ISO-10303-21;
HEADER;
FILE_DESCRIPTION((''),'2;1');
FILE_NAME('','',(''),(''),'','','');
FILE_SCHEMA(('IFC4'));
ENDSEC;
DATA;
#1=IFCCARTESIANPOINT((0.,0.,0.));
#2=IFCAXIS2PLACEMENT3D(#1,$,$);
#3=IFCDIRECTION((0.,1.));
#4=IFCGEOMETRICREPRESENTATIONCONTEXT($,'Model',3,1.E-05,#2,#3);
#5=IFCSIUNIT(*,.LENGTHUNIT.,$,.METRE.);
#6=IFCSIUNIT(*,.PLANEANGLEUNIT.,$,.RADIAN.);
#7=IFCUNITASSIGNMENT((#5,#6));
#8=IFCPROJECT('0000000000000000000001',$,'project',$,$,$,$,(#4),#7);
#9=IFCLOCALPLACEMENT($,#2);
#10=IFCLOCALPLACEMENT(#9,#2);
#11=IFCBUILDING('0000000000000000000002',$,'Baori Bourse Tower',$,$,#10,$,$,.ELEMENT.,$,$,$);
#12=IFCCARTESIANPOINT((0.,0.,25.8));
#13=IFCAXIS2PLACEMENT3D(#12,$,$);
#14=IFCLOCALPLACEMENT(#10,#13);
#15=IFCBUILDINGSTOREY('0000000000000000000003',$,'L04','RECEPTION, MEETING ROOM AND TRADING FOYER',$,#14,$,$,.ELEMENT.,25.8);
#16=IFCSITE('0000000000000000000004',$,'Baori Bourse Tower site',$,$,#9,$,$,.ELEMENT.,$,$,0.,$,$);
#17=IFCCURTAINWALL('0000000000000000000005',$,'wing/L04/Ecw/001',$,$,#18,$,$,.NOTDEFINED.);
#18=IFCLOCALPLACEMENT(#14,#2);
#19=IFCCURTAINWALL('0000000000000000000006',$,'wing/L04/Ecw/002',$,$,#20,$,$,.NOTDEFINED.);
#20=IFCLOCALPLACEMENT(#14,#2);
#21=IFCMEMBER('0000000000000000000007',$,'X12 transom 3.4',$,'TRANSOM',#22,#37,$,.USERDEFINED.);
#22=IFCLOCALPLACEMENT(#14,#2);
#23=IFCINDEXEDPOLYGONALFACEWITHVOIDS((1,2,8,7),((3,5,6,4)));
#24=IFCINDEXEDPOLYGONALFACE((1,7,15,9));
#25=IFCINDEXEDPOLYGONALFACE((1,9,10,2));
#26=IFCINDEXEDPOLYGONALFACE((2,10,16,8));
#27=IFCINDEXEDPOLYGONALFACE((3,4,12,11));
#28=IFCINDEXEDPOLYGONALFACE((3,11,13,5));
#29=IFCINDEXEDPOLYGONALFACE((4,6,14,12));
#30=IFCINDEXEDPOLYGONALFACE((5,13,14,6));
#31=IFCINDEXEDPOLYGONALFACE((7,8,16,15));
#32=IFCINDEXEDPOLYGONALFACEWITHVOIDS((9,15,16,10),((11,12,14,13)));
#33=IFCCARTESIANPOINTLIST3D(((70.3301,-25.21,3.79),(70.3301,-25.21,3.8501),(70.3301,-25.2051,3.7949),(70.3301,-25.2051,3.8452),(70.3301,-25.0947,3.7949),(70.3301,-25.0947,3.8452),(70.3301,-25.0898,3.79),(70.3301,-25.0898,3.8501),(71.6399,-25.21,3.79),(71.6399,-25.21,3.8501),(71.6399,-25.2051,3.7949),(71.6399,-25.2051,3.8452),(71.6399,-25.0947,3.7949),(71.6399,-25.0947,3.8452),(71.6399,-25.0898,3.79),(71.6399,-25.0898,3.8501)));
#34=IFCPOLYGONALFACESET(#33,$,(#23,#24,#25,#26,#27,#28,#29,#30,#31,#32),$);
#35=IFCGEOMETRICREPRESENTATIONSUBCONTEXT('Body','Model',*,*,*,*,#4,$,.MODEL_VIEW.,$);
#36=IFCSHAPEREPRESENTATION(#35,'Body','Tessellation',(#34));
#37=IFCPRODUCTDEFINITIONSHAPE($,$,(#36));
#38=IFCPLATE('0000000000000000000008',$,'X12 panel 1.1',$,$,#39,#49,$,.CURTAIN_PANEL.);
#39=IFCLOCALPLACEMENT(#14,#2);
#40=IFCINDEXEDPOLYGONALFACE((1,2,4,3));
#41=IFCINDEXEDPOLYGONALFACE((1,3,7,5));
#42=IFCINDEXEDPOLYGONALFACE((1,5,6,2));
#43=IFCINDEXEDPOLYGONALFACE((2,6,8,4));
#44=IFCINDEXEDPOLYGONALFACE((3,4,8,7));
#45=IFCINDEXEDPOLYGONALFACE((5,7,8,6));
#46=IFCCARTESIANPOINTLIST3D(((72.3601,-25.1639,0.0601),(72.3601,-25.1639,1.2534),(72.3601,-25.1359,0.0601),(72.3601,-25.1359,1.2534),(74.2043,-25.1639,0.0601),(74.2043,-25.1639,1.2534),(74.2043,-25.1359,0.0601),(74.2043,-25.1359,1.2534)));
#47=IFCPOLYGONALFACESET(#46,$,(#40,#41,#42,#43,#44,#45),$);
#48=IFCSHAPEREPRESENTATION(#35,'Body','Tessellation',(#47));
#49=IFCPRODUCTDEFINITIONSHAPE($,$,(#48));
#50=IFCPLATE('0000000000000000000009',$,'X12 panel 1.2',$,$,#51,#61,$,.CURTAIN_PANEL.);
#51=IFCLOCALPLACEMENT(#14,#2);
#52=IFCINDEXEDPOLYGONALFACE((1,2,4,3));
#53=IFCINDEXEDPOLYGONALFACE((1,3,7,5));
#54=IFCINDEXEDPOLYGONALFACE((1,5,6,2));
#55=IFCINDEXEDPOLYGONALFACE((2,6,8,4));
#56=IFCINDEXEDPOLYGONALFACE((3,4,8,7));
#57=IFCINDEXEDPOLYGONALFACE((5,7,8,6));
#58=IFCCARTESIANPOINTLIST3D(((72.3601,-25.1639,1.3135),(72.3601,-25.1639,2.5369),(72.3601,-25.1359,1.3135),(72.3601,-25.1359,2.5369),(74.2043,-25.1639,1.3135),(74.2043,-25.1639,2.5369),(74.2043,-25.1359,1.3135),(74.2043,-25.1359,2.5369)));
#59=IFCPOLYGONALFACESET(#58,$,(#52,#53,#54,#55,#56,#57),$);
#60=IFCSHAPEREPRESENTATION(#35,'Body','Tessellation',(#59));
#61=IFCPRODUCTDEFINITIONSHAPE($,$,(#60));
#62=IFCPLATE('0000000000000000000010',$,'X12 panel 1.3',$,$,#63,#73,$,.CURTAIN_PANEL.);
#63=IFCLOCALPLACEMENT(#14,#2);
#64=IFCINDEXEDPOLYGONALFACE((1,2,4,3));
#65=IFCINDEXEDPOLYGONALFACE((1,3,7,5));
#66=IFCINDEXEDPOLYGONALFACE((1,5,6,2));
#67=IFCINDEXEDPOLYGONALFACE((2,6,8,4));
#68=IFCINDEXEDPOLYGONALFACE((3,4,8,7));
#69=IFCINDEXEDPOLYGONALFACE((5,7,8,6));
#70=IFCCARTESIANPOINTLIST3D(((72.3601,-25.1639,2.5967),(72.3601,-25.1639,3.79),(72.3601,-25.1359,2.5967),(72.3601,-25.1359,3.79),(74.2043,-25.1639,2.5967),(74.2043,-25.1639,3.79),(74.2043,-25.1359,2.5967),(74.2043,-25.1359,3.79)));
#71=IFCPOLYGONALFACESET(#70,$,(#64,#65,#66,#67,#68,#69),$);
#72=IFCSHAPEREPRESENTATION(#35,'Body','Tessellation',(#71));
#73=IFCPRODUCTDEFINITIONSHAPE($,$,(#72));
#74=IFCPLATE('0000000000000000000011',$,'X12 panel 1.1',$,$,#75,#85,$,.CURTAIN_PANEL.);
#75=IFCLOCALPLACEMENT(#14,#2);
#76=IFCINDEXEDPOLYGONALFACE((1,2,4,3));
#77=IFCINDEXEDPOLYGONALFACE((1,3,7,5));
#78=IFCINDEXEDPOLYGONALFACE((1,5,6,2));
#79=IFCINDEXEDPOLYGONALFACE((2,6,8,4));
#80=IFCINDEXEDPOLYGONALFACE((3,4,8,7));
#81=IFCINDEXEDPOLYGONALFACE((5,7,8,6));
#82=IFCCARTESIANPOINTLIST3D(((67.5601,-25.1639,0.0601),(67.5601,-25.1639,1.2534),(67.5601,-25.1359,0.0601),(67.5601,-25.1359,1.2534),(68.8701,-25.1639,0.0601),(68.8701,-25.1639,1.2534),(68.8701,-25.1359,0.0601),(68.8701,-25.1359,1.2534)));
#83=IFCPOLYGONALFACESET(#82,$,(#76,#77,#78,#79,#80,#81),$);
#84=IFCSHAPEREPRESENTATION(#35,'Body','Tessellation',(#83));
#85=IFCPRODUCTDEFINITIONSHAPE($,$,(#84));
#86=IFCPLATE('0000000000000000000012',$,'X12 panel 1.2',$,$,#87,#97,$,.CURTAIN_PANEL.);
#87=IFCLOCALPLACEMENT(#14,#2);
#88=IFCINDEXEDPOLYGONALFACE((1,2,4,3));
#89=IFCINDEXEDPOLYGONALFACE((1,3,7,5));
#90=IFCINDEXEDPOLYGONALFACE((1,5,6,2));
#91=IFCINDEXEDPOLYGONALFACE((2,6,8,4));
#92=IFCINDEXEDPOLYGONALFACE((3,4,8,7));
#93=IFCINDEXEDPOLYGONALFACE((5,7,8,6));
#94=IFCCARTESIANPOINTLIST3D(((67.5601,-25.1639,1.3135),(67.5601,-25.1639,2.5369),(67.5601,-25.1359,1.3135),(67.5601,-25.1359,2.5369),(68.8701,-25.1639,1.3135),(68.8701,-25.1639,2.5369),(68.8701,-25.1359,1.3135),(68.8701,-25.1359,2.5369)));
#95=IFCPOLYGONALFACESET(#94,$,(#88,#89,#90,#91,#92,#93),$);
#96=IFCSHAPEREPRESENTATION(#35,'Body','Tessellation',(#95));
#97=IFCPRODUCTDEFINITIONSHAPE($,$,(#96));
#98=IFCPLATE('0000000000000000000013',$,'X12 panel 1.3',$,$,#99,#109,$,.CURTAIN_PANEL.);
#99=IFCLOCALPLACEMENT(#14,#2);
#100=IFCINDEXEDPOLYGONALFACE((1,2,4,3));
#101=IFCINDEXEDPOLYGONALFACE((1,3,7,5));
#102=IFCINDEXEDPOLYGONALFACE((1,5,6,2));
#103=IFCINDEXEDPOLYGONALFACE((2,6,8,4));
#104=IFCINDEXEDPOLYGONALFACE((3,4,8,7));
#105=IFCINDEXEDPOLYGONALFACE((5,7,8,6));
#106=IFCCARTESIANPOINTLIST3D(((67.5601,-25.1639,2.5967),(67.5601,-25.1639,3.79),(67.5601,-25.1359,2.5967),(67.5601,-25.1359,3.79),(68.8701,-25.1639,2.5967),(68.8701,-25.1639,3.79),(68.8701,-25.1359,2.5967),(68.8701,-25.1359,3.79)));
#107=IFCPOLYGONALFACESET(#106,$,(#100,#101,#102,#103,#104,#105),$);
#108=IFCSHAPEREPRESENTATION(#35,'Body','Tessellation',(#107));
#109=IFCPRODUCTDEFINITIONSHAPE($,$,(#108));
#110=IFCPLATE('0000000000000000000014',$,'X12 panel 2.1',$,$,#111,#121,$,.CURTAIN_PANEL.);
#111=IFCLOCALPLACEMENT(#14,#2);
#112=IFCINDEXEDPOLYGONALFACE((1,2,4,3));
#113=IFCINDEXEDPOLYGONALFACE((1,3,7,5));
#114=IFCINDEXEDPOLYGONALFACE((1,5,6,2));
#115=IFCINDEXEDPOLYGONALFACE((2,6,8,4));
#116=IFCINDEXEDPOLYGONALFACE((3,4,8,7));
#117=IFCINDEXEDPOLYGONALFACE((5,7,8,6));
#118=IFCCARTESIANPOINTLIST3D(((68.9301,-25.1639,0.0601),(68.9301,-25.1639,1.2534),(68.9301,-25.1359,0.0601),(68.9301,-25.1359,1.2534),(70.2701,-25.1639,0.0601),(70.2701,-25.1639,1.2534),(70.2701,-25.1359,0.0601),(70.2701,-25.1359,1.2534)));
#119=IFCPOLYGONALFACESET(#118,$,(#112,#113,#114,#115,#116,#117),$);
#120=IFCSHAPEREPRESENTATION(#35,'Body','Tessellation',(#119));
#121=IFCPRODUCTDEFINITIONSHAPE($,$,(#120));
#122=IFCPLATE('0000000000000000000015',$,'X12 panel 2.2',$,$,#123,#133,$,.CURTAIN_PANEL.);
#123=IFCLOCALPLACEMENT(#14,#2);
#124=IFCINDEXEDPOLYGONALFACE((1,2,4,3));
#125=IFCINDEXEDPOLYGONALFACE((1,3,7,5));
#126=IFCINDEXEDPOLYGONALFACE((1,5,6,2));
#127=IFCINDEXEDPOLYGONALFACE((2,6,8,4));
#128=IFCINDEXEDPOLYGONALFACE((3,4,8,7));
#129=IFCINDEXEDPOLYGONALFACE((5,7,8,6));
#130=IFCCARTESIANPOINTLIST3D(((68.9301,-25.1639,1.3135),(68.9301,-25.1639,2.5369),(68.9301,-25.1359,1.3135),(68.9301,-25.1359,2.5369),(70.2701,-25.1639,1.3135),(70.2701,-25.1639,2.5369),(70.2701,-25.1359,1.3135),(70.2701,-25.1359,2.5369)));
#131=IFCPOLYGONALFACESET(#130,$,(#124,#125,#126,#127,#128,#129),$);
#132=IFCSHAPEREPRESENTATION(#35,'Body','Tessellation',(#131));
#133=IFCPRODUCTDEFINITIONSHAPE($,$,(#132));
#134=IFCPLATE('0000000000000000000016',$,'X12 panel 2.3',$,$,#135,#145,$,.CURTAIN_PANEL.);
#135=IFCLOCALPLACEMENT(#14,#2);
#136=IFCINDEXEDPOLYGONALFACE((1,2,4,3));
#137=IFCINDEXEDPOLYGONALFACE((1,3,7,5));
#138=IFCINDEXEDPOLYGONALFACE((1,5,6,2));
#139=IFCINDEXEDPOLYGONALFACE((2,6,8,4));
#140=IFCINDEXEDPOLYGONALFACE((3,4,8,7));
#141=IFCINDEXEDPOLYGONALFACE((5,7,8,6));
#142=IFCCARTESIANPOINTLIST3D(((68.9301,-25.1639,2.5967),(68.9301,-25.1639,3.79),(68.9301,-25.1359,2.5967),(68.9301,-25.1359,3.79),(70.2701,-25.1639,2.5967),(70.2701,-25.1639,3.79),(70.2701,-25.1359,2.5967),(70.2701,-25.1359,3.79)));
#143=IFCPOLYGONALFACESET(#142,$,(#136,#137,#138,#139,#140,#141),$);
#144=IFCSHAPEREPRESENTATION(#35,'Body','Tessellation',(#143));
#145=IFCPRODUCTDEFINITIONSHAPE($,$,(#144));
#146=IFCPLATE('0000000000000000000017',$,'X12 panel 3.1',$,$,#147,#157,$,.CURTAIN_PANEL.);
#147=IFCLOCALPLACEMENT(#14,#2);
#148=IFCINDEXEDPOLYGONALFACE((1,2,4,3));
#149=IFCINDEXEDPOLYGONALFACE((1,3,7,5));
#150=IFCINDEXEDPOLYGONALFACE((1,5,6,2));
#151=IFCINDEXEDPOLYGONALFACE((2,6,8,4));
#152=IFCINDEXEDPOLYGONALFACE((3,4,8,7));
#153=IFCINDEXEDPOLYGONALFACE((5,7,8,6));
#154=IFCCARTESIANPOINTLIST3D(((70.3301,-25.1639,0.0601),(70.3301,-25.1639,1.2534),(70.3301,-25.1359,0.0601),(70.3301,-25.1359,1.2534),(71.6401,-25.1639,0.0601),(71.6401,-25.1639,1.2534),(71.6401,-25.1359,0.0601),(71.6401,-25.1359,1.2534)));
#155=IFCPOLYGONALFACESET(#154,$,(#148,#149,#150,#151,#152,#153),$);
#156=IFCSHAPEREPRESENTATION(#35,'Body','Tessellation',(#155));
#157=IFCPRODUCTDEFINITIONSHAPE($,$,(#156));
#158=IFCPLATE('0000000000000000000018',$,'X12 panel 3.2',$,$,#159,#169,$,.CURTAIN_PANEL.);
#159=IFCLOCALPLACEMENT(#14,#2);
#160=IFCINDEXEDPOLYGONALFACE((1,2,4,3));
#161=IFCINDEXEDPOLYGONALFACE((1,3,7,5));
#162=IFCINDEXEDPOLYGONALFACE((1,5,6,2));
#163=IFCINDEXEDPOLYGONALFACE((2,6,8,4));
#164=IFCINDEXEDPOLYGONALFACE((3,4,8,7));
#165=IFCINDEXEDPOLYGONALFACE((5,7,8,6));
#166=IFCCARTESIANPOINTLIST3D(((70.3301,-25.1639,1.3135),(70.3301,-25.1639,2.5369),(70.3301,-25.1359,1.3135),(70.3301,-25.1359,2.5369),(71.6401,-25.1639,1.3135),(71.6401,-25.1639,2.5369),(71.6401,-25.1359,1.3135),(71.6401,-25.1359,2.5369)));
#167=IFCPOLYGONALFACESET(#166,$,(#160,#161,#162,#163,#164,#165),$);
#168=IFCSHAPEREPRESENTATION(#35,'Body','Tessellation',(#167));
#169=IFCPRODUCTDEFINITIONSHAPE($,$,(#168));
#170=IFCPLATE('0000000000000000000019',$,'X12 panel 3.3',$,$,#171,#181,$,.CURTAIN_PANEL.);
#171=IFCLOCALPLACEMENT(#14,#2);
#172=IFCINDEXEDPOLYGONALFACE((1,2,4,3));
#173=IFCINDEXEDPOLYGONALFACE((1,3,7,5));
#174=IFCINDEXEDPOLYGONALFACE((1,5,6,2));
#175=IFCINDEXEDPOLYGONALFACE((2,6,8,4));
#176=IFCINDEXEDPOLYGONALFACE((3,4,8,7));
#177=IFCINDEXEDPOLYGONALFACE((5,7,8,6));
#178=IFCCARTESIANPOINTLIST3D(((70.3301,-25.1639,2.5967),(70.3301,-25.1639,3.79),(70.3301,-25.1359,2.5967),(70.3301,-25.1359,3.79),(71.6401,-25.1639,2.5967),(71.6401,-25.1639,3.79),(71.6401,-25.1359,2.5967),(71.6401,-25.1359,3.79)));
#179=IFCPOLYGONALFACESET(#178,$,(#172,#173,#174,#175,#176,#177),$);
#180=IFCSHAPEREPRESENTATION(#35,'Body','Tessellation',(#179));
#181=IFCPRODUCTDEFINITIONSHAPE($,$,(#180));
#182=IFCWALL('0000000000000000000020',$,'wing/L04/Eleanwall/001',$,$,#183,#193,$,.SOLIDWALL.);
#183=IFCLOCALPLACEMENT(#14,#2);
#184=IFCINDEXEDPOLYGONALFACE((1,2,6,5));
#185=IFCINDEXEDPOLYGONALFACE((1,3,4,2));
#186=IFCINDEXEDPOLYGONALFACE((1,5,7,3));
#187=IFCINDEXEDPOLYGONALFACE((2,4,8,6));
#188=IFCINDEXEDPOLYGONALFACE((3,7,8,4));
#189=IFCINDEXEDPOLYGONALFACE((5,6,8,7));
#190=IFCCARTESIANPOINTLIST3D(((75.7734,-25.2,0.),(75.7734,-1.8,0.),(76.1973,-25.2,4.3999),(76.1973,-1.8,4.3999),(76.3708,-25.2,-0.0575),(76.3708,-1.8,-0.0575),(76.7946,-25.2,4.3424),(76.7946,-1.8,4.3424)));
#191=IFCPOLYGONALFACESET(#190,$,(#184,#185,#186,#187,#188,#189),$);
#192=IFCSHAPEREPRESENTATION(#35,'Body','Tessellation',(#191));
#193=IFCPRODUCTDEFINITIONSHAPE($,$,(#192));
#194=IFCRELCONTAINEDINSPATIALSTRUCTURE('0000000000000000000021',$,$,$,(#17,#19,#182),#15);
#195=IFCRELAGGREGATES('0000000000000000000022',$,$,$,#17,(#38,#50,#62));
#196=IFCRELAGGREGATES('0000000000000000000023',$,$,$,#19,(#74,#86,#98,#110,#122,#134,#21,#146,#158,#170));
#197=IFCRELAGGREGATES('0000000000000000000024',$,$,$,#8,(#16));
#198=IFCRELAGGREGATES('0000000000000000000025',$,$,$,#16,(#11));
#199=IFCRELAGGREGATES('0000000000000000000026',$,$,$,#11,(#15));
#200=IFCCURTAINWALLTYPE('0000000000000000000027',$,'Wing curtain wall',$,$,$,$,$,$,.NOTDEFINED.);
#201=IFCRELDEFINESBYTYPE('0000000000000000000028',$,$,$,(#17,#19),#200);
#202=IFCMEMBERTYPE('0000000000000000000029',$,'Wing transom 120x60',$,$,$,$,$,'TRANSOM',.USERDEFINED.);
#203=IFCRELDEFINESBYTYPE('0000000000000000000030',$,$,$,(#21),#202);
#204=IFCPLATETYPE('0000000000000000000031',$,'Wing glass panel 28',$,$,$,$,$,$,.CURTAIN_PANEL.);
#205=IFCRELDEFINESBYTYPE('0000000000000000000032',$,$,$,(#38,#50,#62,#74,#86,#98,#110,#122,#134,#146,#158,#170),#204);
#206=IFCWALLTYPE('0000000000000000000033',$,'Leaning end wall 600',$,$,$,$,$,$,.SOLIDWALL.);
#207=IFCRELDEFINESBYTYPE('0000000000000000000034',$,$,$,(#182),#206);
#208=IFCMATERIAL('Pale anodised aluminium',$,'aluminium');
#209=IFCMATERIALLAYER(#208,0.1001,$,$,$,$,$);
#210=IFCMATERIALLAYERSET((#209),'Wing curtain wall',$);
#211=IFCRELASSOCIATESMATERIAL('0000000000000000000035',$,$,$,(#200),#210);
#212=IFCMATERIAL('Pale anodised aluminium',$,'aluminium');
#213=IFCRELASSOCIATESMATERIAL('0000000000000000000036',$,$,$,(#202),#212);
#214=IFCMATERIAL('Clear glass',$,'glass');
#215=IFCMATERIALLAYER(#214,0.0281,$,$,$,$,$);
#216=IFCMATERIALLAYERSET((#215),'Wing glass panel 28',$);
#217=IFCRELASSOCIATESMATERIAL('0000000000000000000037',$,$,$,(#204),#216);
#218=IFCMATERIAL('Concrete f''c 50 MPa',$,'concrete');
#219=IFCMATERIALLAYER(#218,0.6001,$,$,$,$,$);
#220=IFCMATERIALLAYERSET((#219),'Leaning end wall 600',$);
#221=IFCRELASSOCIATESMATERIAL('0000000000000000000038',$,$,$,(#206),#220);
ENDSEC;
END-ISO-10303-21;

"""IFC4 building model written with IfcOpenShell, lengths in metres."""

from ifc_helpers import new_model, si_unit, direction, frame, origin, origin_2d, place, context, subcontext, project, spatial, polyline, rectangle, hollow_rectangle, outline, extrude, material, layer, layer_set, material_profile, profile_set, type_object, element, aggregate, save


model = new_model("IFC4")

# Units and contexts
model_context = context("Model", 3, precision=1e-05, world=origin(), true_north=direction((0.0, 1.0)))
body_context = subcontext(model_context, "Body", "Model", "MODEL_VIEW")
ifc_project = project(units=[si_unit("LENGTHUNIT", "METRE"), si_unit("PLANEANGLEUNIT", "RADIAN")], contexts=[model_context])

# Site, building, storey
site_placement = place(None, origin())
site = spatial("IfcSite", under=ifc_project, at=site_placement, Name="Baori Bourse Tower site", CompositionType="ELEMENT", RefElevation=0.0)
building_placement = place(site_placement, origin())
building = spatial("IfcBuilding", under=site, at=building_placement, Name="Baori Bourse Tower", CompositionType="ELEMENT")
storey_placement = place(building_placement, frame((0.0, 0.0, 25.8)))
storey = spatial("IfcBuildingStorey", under=building, at=storey_placement, Name="L04", Description="RECEPTION, MEETING ROOM AND TRADING FOYER", CompositionType="ELEMENT", Elevation=25.8)

# Curtain walls
ifc_material_1 = material(Name="Pale anodised aluminium", Category="aluminium")
ifc_layer_1 = layer(ifc_material_1, 0.1001)
ifc_layer_set_1 = layer_set([ifc_layer_1], Name="Wing curtain wall")
curtain_wall_type = type_object("IfcCurtainWallType", Name="Wing curtain wall", PredefinedType="NOTDEFINED", material=ifc_layer_set_1)
curtain_wall_1_placement = place(storey_placement, origin())
curtain_wall_1 = element("IfcCurtainWall", 1, at=curtain_wall_1_placement, inside=storey, type_object=curtain_wall_type, Name="wing/L04/Ecw/001", PredefinedType="NOTDEFINED")
curtain_wall_2_placement = place(storey_placement, origin())
curtain_wall_2 = element("IfcCurtainWall", 2, at=curtain_wall_2_placement, inside=storey, type_object=curtain_wall_type, Name="wing/L04/Ecw/002", PredefinedType="NOTDEFINED")

# Member
ifc_material_2 = material(Name="Pale anodised aluminium", Category="aluminium")
ifc_material_profile_1 = material_profile(ifc_material_2, hollow_rectangle(XDim=0.1201, YDim=0.0601, WallThickness=0.0049, at=origin_2d()), Name="Transom 120x60x5")
ifc_profile_set_1 = profile_set([ifc_material_profile_1], Name="Pale anodised aluminium")
member_type_1 = type_object("IfcMemberType", Name="Wing transom 120x60", ElementType="TRANSOM", PredefinedType="USERDEFINED", material=ifc_profile_set_1)
member_1_placement = place(storey_placement, frame((70.3301, -25.1499, 3.8201), z_axis=(1.0, 0.0, 0.0), x_axis=(0.0, 1.0, 0.0)))
member_1 = element("IfcMember", 3, at=member_1_placement, type_object=member_type_1, Name="X12 transom 3.4", ObjectType="TRANSOM", PredefinedType="USERDEFINED", context=body_context, shape_type="SweptSolid", body=[
    extrude(hollow_rectangle(XDim=0.1201, YDim=0.0601, WallThickness=0.0049, at=origin_2d()), origin(), (0.0, 0.0, 1.0), 1.3098),
])

# Plates
ifc_material_3 = material(Name="Clear glass", Category="glass")
ifc_layer_2 = layer(ifc_material_3, 0.0281)
ifc_layer_set_2 = layer_set([ifc_layer_2], Name="Wing glass panel 28")
plate_type = type_object("IfcPlateType", Name="Wing glass panel 28", PredefinedType="CURTAIN_PANEL", material=ifc_layer_set_2)
plate_1_placement = place(storey_placement, frame((73.2822, -25.1499, 0.0601), z_axis=(0.0, 0.0, 1.0), x_axis=(1.0, 0.0, 0.0)))
plate_1 = element("IfcPlate", 4, at=plate_1_placement, type_object=plate_type, Name="X12 panel 1.1", PredefinedType="CURTAIN_PANEL", context=body_context, shape_type="SweptSolid", body=[
    extrude(rectangle(XDim=1.8442, YDim=0.0281, at=origin_2d()), origin(), (0.0, 0.0, 1.0), 1.1934),
])
plate_2_placement = place(storey_placement, frame((73.2822, -25.1499, 1.3135), z_axis=(0.0, 0.0, 1.0), x_axis=(1.0, 0.0, 0.0)))
plate_2 = element("IfcPlate", 5, at=plate_2_placement, type_object=plate_type, Name="X12 panel 1.2", PredefinedType="CURTAIN_PANEL", context=body_context, shape_type="SweptSolid", body=[
    extrude(rectangle(XDim=1.8442, YDim=0.0281, at=origin_2d()), origin(), (0.0, 0.0, 1.0), 1.2234),
])
plate_3_placement = place(storey_placement, frame((73.2822, -25.1499, 2.5967), z_axis=(0.0, 0.0, 1.0), x_axis=(1.0, 0.0, 0.0)))
plate_3 = element("IfcPlate", 6, at=plate_3_placement, type_object=plate_type, Name="X12 panel 1.3", PredefinedType="CURTAIN_PANEL", context=body_context, shape_type="SweptSolid", body=[
    extrude(rectangle(XDim=1.8442, YDim=0.0281, at=origin_2d()), origin(), (0.0, 0.0, 1.0), 1.1934),
])
aggregate(curtain_wall_1, [plate_1, plate_2, plate_3])
plate_4_placement = place(storey_placement, frame((68.2151, -25.1499, 0.0601), z_axis=(0.0, 0.0, 1.0), x_axis=(1.0, 0.0, 0.0)))
plate_4 = element("IfcPlate", 7, at=plate_4_placement, type_object=plate_type, Name="X12 panel 1.1", PredefinedType="CURTAIN_PANEL", context=body_context, shape_type="SweptSolid", body=[
    extrude(rectangle(XDim=1.3101, YDim=0.0281, at=origin_2d()), origin(), (0.0, 0.0, 1.0), 1.1934),
])
plate_5_placement = place(storey_placement, frame((68.2151, -25.1499, 1.3135), z_axis=(0.0, 0.0, 1.0), x_axis=(1.0, 0.0, 0.0)))
plate_5 = element("IfcPlate", 8, at=plate_5_placement, type_object=plate_type, Name="X12 panel 1.2", PredefinedType="CURTAIN_PANEL", context=body_context, shape_type="SweptSolid", body=[
    extrude(rectangle(XDim=1.3101, YDim=0.0281, at=origin_2d()), origin(), (0.0, 0.0, 1.0), 1.2234),
])
plate_6_placement = place(storey_placement, frame((68.2151, -25.1499, 2.5967), z_axis=(0.0, 0.0, 1.0), x_axis=(1.0, 0.0, 0.0)))
plate_6 = element("IfcPlate", 9, at=plate_6_placement, type_object=plate_type, Name="X12 panel 1.3", PredefinedType="CURTAIN_PANEL", context=body_context, shape_type="SweptSolid", body=[
    extrude(rectangle(XDim=1.3101, YDim=0.0281, at=origin_2d()), origin(), (0.0, 0.0, 1.0), 1.1934),
])
plate_7_placement = place(storey_placement, frame((69.6001, -25.1499, 0.0601), z_axis=(0.0, 0.0, 1.0), x_axis=(1.0, 0.0, 0.0)))
plate_7 = element("IfcPlate", 10, at=plate_7_placement, type_object=plate_type, Name="X12 panel 2.1", PredefinedType="CURTAIN_PANEL", context=body_context, shape_type="SweptSolid", body=[
    extrude(rectangle(XDim=1.3401, YDim=0.0281, at=origin_2d()), origin(), (0.0, 0.0, 1.0), 1.1934),
])
plate_8_placement = place(storey_placement, frame((69.6001, -25.1499, 1.3135), z_axis=(0.0, 0.0, 1.0), x_axis=(1.0, 0.0, 0.0)))
plate_8 = element("IfcPlate", 11, at=plate_8_placement, type_object=plate_type, Name="X12 panel 2.2", PredefinedType="CURTAIN_PANEL", context=body_context, shape_type="SweptSolid", body=[
    extrude(rectangle(XDim=1.3401, YDim=0.0281, at=origin_2d()), origin(), (0.0, 0.0, 1.0), 1.2234),
])
plate_9_placement = place(storey_placement, frame((69.6001, -25.1499, 2.5967), z_axis=(0.0, 0.0, 1.0), x_axis=(1.0, 0.0, 0.0)))
plate_9 = element("IfcPlate", 12, at=plate_9_placement, type_object=plate_type, Name="X12 panel 2.3", PredefinedType="CURTAIN_PANEL", context=body_context, shape_type="SweptSolid", body=[
    extrude(rectangle(XDim=1.3401, YDim=0.0281, at=origin_2d()), origin(), (0.0, 0.0, 1.0), 1.1934),
])
plate_10_placement = place(storey_placement, frame((70.9851, -25.1499, 0.0601), z_axis=(0.0, 0.0, 1.0), x_axis=(1.0, 0.0, 0.0)))
plate_10 = element("IfcPlate", 13, at=plate_10_placement, type_object=plate_type, Name="X12 panel 3.1", PredefinedType="CURTAIN_PANEL", context=body_context, shape_type="SweptSolid", body=[
    extrude(rectangle(XDim=1.3101, YDim=0.0281, at=origin_2d()), origin(), (0.0, 0.0, 1.0), 1.1934),
])
plate_11_placement = place(storey_placement, frame((70.9851, -25.1499, 1.3135), z_axis=(0.0, 0.0, 1.0), x_axis=(1.0, 0.0, 0.0)))
plate_11 = element("IfcPlate", 14, at=plate_11_placement, type_object=plate_type, Name="X12 panel 3.2", PredefinedType="CURTAIN_PANEL", context=body_context, shape_type="SweptSolid", body=[
    extrude(rectangle(XDim=1.3101, YDim=0.0281, at=origin_2d()), origin(), (0.0, 0.0, 1.0), 1.2234),
])
plate_12_placement = place(storey_placement, frame((70.9851, -25.1499, 2.5967), z_axis=(0.0, 0.0, 1.0), x_axis=(1.0, 0.0, 0.0)))
plate_12 = element("IfcPlate", 15, at=plate_12_placement, type_object=plate_type, Name="X12 panel 3.3", PredefinedType="CURTAIN_PANEL", context=body_context, shape_type="SweptSolid", body=[
    extrude(rectangle(XDim=1.3101, YDim=0.0281, at=origin_2d()), origin(), (0.0, 0.0, 1.0), 1.1934),
])
aggregate(curtain_wall_2, [plate_4, plate_5, plate_6, plate_7, plate_8, plate_9, member_1, plate_10, plate_11, plate_12])

# Wall
ifc_material_4 = material(Name="Concrete f'c 50 MPa", Category="concrete")
ifc_layer_3 = layer(ifc_material_4, 0.6001)
ifc_layer_set_3 = layer_set([ifc_layer_3], Name="Leaning end wall 600")
wall_type = type_object("IfcWallType", Name="Leaning end wall 600", PredefinedType="SOLIDWALL", material=ifc_layer_set_3)
wall_placement = place(storey_placement, frame((75.7734, -25.2, 0.0), z_axis=(-0.995393, 0.0, 0.095883), x_axis=(0.0, 1.0, 0.0)))
element("IfcWall", 16, at=wall_placement, inside=storey, type_object=wall_type, Name="wing/L04/Eleanwall/001", PredefinedType="SOLIDWALL", context=body_context, shape_type="SweptSolid", body=[
    extrude(outline(polyline([(0.0, 0.0), (23.3999, 0.0), (23.3999, -4.4203), (0.0, -4.4203), (0.0, 0.0)])), origin(), (0.0, 0.0, -1.0), 0.6001),
])

save(model, "model.ifc")
